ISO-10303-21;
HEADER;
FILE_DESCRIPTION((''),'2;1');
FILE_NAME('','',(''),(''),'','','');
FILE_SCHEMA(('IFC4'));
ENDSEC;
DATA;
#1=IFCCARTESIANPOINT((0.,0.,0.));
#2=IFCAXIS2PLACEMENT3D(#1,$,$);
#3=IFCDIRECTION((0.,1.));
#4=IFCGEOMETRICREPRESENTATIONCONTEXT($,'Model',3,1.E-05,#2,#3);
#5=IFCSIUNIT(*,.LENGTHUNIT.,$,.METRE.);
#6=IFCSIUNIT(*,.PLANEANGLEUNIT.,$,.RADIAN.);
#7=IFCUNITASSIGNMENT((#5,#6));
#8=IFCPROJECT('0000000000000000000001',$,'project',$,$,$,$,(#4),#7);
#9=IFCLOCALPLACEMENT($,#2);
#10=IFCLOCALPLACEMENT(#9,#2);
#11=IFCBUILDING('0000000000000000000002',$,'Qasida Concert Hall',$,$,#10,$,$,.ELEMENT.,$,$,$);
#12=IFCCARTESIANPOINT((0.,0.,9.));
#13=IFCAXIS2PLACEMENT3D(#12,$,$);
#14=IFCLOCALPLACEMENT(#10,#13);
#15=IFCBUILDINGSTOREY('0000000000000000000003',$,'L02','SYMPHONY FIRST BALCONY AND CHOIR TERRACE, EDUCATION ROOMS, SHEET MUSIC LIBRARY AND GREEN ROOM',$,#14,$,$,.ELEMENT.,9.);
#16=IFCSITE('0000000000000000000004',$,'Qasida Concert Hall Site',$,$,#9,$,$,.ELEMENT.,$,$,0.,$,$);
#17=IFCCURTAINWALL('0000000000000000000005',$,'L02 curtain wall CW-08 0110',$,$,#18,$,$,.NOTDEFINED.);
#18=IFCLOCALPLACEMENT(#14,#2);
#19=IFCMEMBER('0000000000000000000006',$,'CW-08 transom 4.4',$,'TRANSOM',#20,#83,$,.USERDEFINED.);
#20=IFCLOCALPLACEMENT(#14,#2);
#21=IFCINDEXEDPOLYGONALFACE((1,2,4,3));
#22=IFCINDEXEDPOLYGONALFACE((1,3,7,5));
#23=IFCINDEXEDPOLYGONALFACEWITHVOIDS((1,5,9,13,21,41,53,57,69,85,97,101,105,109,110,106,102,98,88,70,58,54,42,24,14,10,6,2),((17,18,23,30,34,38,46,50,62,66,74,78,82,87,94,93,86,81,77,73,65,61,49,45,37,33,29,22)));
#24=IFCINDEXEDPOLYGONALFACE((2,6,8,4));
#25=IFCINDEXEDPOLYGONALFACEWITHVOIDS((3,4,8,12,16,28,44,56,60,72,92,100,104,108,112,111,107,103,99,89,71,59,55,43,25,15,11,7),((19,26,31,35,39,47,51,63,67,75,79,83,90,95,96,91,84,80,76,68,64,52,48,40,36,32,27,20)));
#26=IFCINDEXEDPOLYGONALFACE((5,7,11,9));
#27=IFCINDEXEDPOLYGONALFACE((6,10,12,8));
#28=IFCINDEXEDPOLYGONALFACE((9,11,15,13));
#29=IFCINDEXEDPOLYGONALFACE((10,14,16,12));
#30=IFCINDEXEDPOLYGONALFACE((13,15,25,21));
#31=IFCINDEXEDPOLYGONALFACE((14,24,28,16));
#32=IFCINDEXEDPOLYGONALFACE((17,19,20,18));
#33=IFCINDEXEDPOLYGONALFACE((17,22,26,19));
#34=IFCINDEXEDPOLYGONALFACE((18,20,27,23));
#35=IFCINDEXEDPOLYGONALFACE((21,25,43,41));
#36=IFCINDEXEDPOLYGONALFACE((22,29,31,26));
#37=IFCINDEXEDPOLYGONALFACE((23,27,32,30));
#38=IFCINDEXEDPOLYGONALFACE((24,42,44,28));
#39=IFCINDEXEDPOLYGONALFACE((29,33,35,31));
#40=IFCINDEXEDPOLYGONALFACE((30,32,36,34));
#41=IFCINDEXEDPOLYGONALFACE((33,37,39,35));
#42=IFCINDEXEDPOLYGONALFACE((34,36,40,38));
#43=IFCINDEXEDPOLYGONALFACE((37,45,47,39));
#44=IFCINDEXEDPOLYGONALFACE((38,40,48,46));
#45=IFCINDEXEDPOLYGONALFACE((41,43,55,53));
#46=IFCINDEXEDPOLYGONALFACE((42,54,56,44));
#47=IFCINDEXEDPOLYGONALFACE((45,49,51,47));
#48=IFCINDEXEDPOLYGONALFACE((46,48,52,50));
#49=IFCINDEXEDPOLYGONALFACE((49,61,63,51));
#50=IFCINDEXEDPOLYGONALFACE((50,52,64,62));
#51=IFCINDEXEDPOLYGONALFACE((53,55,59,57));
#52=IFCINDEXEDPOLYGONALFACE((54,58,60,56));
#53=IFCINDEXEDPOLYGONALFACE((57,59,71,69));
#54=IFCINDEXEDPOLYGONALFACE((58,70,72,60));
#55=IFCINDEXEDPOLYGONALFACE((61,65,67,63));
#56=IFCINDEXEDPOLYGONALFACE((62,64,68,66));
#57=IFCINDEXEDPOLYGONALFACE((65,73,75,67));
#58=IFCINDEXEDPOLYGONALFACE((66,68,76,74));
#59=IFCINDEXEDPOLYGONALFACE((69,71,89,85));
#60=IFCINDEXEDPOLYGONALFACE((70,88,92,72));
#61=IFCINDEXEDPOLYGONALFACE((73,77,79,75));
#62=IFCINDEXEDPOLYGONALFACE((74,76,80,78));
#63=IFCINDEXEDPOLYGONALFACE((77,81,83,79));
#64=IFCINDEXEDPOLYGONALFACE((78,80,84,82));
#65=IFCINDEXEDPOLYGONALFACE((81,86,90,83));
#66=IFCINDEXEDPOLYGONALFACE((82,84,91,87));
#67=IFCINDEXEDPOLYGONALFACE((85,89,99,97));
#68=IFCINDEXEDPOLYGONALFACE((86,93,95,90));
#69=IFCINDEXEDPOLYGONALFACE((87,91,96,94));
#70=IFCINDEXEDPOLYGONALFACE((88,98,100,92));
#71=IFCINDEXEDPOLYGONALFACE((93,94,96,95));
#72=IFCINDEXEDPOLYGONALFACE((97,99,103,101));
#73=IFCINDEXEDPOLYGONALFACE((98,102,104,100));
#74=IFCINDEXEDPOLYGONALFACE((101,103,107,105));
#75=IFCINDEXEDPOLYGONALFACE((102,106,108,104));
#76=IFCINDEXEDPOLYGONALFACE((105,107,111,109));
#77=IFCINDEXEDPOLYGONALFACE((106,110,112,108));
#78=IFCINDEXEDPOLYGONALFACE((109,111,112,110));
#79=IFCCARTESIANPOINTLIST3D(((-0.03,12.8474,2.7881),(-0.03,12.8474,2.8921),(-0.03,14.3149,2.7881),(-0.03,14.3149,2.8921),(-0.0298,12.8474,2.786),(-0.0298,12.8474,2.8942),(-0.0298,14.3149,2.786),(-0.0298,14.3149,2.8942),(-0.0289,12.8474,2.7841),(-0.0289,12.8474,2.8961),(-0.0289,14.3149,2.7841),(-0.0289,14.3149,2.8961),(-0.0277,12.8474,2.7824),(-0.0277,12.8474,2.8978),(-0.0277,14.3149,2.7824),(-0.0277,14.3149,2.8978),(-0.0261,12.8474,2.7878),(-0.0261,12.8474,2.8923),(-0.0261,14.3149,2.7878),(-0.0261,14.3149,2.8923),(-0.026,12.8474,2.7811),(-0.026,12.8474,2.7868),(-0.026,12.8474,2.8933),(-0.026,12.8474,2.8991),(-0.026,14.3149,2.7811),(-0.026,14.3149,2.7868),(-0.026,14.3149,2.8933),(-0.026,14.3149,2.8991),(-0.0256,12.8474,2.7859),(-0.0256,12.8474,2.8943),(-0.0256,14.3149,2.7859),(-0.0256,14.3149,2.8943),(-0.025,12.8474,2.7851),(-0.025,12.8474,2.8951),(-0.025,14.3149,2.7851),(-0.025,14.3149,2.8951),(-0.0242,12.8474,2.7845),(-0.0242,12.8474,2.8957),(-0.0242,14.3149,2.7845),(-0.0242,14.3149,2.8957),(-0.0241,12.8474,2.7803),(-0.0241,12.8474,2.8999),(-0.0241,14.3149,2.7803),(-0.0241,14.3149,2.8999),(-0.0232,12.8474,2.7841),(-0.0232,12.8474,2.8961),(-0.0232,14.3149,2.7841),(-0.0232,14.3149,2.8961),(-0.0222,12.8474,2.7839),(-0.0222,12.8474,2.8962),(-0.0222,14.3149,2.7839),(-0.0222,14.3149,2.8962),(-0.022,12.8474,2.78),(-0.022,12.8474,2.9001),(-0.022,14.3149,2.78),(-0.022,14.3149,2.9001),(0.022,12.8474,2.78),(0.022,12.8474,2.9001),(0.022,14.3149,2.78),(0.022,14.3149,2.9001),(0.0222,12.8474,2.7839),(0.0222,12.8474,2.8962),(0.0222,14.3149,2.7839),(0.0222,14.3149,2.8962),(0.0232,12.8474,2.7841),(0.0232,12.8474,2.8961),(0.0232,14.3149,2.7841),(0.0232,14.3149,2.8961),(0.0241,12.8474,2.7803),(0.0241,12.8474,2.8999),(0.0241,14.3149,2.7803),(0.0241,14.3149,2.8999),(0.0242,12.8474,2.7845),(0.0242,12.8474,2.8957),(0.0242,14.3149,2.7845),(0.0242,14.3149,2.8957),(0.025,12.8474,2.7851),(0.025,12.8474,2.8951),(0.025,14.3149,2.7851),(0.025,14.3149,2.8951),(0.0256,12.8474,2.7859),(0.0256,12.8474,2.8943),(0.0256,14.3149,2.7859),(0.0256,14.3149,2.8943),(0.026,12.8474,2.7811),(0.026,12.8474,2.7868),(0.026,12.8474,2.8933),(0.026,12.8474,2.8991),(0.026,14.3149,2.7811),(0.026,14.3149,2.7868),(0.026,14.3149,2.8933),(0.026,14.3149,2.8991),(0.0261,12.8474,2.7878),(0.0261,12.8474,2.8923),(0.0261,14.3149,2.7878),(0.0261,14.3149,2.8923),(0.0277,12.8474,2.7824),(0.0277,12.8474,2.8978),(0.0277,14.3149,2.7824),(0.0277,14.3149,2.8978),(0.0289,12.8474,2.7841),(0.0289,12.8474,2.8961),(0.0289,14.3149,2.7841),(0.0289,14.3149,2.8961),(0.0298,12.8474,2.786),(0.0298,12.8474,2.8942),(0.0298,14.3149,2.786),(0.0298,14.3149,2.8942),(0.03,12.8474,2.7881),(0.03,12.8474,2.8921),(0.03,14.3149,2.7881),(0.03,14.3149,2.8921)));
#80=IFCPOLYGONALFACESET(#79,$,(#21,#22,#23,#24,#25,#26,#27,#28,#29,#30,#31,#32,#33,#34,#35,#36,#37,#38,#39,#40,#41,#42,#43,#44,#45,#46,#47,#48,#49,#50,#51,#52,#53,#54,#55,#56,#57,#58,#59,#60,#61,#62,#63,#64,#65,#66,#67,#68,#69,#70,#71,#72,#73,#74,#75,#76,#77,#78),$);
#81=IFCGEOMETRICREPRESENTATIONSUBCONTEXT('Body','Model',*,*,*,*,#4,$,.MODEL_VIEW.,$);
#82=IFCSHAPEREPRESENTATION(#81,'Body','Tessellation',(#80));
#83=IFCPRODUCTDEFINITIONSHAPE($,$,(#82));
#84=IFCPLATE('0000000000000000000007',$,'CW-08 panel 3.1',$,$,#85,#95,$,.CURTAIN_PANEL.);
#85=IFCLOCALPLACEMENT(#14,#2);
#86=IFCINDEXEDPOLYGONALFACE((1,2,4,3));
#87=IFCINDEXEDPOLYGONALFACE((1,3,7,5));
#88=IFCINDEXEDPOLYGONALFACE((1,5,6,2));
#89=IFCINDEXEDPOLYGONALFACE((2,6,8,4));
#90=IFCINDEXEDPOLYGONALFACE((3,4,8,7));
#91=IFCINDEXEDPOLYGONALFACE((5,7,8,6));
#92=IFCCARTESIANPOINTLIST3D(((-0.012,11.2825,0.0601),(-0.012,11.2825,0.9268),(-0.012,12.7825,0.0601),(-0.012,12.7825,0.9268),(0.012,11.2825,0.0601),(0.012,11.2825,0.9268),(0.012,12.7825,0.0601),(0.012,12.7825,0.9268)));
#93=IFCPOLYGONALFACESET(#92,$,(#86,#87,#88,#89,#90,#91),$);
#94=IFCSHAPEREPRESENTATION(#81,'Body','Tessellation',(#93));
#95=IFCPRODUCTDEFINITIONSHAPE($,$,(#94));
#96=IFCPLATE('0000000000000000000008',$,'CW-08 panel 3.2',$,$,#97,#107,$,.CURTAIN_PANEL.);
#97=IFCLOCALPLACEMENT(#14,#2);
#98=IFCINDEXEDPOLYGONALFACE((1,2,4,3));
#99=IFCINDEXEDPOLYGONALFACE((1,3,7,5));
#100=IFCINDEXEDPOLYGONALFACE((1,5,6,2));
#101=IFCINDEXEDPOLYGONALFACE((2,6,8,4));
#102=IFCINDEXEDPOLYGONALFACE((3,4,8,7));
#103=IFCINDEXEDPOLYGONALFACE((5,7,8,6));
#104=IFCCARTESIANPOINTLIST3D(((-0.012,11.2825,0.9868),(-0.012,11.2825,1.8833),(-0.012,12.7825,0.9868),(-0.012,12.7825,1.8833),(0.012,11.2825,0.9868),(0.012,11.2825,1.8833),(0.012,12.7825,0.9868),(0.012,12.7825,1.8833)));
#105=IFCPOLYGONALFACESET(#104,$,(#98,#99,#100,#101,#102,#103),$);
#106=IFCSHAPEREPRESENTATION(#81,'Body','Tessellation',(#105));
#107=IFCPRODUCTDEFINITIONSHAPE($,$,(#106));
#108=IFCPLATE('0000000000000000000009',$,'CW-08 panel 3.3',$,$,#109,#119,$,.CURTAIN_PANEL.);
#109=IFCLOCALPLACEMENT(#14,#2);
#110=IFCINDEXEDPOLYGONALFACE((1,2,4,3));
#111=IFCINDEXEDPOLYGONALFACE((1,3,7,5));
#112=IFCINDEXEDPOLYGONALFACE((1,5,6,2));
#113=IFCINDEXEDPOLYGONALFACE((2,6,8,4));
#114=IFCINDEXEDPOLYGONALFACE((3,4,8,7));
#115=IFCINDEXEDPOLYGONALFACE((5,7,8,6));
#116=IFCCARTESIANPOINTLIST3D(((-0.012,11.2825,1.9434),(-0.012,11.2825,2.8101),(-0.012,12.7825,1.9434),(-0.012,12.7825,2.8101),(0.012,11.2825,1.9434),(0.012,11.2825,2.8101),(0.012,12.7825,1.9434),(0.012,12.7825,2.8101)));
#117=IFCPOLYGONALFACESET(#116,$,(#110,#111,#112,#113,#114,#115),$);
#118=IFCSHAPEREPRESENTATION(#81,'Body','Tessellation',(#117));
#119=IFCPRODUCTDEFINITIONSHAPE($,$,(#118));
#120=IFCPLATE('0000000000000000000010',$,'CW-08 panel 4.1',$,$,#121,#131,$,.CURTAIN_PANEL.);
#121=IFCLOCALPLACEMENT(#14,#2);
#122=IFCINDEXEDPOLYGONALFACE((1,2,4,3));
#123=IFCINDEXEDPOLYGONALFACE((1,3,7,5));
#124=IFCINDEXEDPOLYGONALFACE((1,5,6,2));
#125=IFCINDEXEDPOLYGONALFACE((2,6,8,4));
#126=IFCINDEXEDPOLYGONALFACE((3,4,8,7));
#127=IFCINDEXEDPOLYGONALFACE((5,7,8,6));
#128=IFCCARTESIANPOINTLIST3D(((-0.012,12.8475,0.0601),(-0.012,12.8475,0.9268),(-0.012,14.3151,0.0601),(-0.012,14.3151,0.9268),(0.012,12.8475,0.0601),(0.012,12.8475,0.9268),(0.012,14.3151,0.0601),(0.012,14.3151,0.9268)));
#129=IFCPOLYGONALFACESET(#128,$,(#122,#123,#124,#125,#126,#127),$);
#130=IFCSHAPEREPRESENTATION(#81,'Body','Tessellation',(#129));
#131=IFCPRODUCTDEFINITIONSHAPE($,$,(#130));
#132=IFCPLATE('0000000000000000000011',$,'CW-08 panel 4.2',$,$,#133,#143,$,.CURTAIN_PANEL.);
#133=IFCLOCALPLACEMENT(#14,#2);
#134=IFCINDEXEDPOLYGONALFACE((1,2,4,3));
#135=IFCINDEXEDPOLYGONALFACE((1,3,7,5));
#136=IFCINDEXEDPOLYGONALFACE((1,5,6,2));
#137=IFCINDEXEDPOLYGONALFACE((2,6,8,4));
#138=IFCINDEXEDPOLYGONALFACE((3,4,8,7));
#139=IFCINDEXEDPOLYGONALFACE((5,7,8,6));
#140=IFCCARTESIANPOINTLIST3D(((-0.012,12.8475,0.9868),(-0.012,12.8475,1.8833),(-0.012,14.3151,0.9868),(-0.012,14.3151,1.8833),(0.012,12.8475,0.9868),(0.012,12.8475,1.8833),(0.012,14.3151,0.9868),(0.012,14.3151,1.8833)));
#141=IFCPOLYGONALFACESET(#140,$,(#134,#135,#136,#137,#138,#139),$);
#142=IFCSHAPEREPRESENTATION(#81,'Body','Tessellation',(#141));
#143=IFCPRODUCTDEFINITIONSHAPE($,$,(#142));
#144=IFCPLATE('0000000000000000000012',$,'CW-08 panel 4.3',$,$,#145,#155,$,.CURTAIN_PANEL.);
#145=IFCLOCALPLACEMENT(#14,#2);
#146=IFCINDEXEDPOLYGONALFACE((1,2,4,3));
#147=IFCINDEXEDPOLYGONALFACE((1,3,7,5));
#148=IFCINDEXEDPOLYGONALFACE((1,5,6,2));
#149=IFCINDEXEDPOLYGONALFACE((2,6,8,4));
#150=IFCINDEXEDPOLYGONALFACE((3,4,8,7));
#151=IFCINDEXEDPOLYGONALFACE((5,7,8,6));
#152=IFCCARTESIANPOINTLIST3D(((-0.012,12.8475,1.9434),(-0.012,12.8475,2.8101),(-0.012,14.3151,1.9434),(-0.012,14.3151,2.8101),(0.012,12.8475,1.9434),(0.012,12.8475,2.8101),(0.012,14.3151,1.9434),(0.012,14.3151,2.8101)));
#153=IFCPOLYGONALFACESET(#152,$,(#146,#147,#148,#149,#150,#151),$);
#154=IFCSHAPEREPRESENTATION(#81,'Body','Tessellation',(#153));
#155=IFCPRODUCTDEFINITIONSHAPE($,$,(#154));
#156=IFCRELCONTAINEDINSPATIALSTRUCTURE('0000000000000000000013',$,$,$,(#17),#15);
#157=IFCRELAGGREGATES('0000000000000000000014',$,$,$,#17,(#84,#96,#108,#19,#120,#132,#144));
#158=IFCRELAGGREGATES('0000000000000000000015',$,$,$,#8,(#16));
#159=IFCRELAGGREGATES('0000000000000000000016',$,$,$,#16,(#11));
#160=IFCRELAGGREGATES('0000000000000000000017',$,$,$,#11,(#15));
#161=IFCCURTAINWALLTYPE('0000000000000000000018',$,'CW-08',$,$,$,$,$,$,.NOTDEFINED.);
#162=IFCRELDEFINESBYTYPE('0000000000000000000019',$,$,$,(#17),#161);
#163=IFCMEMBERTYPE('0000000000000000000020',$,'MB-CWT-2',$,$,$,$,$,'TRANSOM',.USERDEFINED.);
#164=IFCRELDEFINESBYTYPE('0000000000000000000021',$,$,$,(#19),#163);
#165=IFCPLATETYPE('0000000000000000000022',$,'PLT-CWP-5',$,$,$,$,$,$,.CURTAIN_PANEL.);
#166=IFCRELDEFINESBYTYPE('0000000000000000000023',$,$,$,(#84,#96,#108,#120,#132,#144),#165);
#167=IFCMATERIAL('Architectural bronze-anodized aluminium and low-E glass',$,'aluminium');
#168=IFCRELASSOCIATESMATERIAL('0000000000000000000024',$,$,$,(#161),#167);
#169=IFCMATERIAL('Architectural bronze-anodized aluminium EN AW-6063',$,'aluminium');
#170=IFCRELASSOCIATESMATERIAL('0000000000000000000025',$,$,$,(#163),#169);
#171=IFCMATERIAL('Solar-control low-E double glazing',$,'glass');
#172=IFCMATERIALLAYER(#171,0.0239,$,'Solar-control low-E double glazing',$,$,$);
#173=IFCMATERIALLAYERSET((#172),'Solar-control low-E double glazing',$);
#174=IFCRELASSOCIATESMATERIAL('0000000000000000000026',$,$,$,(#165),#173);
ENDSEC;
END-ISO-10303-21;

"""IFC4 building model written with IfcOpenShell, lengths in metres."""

from ifc_helpers import new_model, si_unit, direction, frame, origin, origin_2d, place, context, subcontext, project, spatial, rectangle, hollow_rectangle, extrude, material, layer, layer_set, material_profile, profile_set, type_object, element, aggregate, save


model = new_model("IFC4")

# Units and contexts
model_context = context("Model", 3, precision=1e-05, world=origin(), true_north=direction((0.0, 1.0)))
body_context = subcontext(model_context, "Body", "Model", "MODEL_VIEW")
ifc_project = project(units=[si_unit("LENGTHUNIT", "METRE"), si_unit("PLANEANGLEUNIT", "RADIAN")], contexts=[model_context])

# Site, building, storey
site_placement = place(None, origin())
site = spatial("IfcSite", under=ifc_project, at=site_placement, Name="Qasida Concert Hall Site", CompositionType="ELEMENT", RefElevation=0.0)
building_placement = place(site_placement, origin())
building = spatial("IfcBuilding", under=site, at=building_placement, Name="Qasida Concert Hall", CompositionType="ELEMENT")
storey_placement = place(building_placement, frame((0.0, 0.0, 9.0)))
storey = spatial("IfcBuildingStorey", under=building, at=storey_placement, Name="L02", Description="SYMPHONY FIRST BALCONY AND CHOIR TERRACE, EDUCATION ROOMS, SHEET MUSIC LIBRARY AND GREEN ROOM", CompositionType="ELEMENT", Elevation=9.0)

# Curtain wall, member, plates
ifc_material_1 = material(Name="Architectural bronze-anodized aluminium and low-E glass", Category="aluminium")
curtain_wall_type = type_object("IfcCurtainWallType", Name="CW-08", PredefinedType="NOTDEFINED", material=ifc_material_1)
curtain_wall_placement = place(storey_placement, origin())
curtain_wall = element("IfcCurtainWall", 1, at=curtain_wall_placement, inside=storey, type_object=curtain_wall_type, Name="L02 curtain wall CW-08 0110", PredefinedType="NOTDEFINED")
ifc_material_2 = material(Name="Architectural bronze-anodized aluminium EN AW-6063", Category="aluminium")
ifc_material_profile_1 = material_profile(ifc_material_2, hollow_rectangle(XDim=0.0601, YDim=0.1201, WallThickness=0.0039, InnerFilletRadius=0.0039, OuterFilletRadius=0.0081, at=origin_2d()), Name="CWT 120x60x4")
ifc_profile_set_1 = profile_set([ifc_material_profile_1], Name="Architectural bronze-anodized aluminium EN AW-6063")
member_type_1 = type_object("IfcMemberType", Name="MB-CWT-2", ElementType="TRANSOM", PredefinedType="USERDEFINED", material=ifc_profile_set_1)
member_1_placement = place(storey_placement, frame((0.0, 12.8474, 2.8401), z_axis=(0.0, 1.0, 0.0), x_axis=(-1.0, 0.0, 0.0)))
member_1 = element("IfcMember", 2, at=member_1_placement, type_object=member_type_1, Name="CW-08 transom 4.4", ObjectType="TRANSOM", PredefinedType="USERDEFINED", context=body_context, shape_type="SweptSolid", body=[
    extrude(hollow_rectangle(XDim=0.0601, YDim=0.1201, WallThickness=0.0039, InnerFilletRadius=0.0039, OuterFilletRadius=0.0081, at=origin_2d()), origin(), (0.0, 0.0, 1.0), 1.4675),
])
ifc_material_3 = material(Name="Solar-control low-E double glazing", Category="glass")
ifc_layer_1 = layer(ifc_material_3, 0.0239, Name="Solar-control low-E double glazing")
ifc_layer_set_1 = layer_set([ifc_layer_1], Name="Solar-control low-E double glazing")
plate_type = type_object("IfcPlateType", Name="PLT-CWP-5", PredefinedType="CURTAIN_PANEL", material=ifc_layer_set_1)
plate_1_placement = place(storey_placement, frame((0.0, 12.0325, 0.0601), z_axis=(0.0, 0.0, 1.0), x_axis=(0.0, 1.0, 0.0)))
plate_1 = element("IfcPlate", 3, at=plate_1_placement, type_object=plate_type, Name="CW-08 panel 3.1", PredefinedType="CURTAIN_PANEL", context=body_context, shape_type="SweptSolid", body=[
    extrude(rectangle(XDim=1.5, YDim=0.0239, at=origin_2d()), origin(), (0.0, 0.0, 1.0), 0.8667),
])
plate_2_placement = place(storey_placement, frame((0.0, 12.0325, 0.9868), z_axis=(0.0, 0.0, 1.0), x_axis=(0.0, 1.0, 0.0)))
plate_2 = element("IfcPlate", 4, at=plate_2_placement, type_object=plate_type, Name="CW-08 panel 3.2", PredefinedType="CURTAIN_PANEL", context=body_context, shape_type="SweptSolid", body=[
    extrude(rectangle(XDim=1.5, YDim=0.0239, at=origin_2d()), origin(), (0.0, 0.0, 1.0), 0.8965),
])
plate_3_placement = place(storey_placement, frame((0.0, 12.0325, 1.9434), z_axis=(0.0, 0.0, 1.0), x_axis=(0.0, 1.0, 0.0)))
plate_3 = element("IfcPlate", 5, at=plate_3_placement, type_object=plate_type, Name="CW-08 panel 3.3", PredefinedType="CURTAIN_PANEL", context=body_context, shape_type="SweptSolid", body=[
    extrude(rectangle(XDim=1.5, YDim=0.0239, at=origin_2d()), origin(), (0.0, 0.0, 1.0), 0.8667),
])
plate_4_placement = place(storey_placement, frame((0.0, 13.5813, 0.0601), z_axis=(0.0, 0.0, 1.0), x_axis=(0.0, 1.0, 0.0)))
plate_4 = element("IfcPlate", 6, at=plate_4_placement, type_object=plate_type, Name="CW-08 panel 4.1", PredefinedType="CURTAIN_PANEL", context=body_context, shape_type="SweptSolid", body=[
    extrude(rectangle(XDim=1.4675, YDim=0.0239, at=origin_2d()), origin(), (0.0, 0.0, 1.0), 0.8667),
])
plate_5_placement = place(storey_placement, frame((0.0, 13.5813, 0.9868), z_axis=(0.0, 0.0, 1.0), x_axis=(0.0, 1.0, 0.0)))
plate_5 = element("IfcPlate", 7, at=plate_5_placement, type_object=plate_type, Name="CW-08 panel 4.2", PredefinedType="CURTAIN_PANEL", context=body_context, shape_type="SweptSolid", body=[
    extrude(rectangle(XDim=1.4675, YDim=0.0239, at=origin_2d()), origin(), (0.0, 0.0, 1.0), 0.8965),
])
plate_6_placement = place(storey_placement, frame((0.0, 13.5813, 1.9434), z_axis=(0.0, 0.0, 1.0), x_axis=(0.0, 1.0, 0.0)))
plate_6 = element("IfcPlate", 8, at=plate_6_placement, type_object=plate_type, Name="CW-08 panel 4.3", PredefinedType="CURTAIN_PANEL", context=body_context, shape_type="SweptSolid", body=[
    extrude(rectangle(XDim=1.4675, YDim=0.0239, at=origin_2d()), origin(), (0.0, 0.0, 1.0), 0.8667),
])
aggregate(curtain_wall, [plate_1, plate_2, plate_3, member_1, plate_4, plate_5, plate_6])

save(model, "model.ifc")
